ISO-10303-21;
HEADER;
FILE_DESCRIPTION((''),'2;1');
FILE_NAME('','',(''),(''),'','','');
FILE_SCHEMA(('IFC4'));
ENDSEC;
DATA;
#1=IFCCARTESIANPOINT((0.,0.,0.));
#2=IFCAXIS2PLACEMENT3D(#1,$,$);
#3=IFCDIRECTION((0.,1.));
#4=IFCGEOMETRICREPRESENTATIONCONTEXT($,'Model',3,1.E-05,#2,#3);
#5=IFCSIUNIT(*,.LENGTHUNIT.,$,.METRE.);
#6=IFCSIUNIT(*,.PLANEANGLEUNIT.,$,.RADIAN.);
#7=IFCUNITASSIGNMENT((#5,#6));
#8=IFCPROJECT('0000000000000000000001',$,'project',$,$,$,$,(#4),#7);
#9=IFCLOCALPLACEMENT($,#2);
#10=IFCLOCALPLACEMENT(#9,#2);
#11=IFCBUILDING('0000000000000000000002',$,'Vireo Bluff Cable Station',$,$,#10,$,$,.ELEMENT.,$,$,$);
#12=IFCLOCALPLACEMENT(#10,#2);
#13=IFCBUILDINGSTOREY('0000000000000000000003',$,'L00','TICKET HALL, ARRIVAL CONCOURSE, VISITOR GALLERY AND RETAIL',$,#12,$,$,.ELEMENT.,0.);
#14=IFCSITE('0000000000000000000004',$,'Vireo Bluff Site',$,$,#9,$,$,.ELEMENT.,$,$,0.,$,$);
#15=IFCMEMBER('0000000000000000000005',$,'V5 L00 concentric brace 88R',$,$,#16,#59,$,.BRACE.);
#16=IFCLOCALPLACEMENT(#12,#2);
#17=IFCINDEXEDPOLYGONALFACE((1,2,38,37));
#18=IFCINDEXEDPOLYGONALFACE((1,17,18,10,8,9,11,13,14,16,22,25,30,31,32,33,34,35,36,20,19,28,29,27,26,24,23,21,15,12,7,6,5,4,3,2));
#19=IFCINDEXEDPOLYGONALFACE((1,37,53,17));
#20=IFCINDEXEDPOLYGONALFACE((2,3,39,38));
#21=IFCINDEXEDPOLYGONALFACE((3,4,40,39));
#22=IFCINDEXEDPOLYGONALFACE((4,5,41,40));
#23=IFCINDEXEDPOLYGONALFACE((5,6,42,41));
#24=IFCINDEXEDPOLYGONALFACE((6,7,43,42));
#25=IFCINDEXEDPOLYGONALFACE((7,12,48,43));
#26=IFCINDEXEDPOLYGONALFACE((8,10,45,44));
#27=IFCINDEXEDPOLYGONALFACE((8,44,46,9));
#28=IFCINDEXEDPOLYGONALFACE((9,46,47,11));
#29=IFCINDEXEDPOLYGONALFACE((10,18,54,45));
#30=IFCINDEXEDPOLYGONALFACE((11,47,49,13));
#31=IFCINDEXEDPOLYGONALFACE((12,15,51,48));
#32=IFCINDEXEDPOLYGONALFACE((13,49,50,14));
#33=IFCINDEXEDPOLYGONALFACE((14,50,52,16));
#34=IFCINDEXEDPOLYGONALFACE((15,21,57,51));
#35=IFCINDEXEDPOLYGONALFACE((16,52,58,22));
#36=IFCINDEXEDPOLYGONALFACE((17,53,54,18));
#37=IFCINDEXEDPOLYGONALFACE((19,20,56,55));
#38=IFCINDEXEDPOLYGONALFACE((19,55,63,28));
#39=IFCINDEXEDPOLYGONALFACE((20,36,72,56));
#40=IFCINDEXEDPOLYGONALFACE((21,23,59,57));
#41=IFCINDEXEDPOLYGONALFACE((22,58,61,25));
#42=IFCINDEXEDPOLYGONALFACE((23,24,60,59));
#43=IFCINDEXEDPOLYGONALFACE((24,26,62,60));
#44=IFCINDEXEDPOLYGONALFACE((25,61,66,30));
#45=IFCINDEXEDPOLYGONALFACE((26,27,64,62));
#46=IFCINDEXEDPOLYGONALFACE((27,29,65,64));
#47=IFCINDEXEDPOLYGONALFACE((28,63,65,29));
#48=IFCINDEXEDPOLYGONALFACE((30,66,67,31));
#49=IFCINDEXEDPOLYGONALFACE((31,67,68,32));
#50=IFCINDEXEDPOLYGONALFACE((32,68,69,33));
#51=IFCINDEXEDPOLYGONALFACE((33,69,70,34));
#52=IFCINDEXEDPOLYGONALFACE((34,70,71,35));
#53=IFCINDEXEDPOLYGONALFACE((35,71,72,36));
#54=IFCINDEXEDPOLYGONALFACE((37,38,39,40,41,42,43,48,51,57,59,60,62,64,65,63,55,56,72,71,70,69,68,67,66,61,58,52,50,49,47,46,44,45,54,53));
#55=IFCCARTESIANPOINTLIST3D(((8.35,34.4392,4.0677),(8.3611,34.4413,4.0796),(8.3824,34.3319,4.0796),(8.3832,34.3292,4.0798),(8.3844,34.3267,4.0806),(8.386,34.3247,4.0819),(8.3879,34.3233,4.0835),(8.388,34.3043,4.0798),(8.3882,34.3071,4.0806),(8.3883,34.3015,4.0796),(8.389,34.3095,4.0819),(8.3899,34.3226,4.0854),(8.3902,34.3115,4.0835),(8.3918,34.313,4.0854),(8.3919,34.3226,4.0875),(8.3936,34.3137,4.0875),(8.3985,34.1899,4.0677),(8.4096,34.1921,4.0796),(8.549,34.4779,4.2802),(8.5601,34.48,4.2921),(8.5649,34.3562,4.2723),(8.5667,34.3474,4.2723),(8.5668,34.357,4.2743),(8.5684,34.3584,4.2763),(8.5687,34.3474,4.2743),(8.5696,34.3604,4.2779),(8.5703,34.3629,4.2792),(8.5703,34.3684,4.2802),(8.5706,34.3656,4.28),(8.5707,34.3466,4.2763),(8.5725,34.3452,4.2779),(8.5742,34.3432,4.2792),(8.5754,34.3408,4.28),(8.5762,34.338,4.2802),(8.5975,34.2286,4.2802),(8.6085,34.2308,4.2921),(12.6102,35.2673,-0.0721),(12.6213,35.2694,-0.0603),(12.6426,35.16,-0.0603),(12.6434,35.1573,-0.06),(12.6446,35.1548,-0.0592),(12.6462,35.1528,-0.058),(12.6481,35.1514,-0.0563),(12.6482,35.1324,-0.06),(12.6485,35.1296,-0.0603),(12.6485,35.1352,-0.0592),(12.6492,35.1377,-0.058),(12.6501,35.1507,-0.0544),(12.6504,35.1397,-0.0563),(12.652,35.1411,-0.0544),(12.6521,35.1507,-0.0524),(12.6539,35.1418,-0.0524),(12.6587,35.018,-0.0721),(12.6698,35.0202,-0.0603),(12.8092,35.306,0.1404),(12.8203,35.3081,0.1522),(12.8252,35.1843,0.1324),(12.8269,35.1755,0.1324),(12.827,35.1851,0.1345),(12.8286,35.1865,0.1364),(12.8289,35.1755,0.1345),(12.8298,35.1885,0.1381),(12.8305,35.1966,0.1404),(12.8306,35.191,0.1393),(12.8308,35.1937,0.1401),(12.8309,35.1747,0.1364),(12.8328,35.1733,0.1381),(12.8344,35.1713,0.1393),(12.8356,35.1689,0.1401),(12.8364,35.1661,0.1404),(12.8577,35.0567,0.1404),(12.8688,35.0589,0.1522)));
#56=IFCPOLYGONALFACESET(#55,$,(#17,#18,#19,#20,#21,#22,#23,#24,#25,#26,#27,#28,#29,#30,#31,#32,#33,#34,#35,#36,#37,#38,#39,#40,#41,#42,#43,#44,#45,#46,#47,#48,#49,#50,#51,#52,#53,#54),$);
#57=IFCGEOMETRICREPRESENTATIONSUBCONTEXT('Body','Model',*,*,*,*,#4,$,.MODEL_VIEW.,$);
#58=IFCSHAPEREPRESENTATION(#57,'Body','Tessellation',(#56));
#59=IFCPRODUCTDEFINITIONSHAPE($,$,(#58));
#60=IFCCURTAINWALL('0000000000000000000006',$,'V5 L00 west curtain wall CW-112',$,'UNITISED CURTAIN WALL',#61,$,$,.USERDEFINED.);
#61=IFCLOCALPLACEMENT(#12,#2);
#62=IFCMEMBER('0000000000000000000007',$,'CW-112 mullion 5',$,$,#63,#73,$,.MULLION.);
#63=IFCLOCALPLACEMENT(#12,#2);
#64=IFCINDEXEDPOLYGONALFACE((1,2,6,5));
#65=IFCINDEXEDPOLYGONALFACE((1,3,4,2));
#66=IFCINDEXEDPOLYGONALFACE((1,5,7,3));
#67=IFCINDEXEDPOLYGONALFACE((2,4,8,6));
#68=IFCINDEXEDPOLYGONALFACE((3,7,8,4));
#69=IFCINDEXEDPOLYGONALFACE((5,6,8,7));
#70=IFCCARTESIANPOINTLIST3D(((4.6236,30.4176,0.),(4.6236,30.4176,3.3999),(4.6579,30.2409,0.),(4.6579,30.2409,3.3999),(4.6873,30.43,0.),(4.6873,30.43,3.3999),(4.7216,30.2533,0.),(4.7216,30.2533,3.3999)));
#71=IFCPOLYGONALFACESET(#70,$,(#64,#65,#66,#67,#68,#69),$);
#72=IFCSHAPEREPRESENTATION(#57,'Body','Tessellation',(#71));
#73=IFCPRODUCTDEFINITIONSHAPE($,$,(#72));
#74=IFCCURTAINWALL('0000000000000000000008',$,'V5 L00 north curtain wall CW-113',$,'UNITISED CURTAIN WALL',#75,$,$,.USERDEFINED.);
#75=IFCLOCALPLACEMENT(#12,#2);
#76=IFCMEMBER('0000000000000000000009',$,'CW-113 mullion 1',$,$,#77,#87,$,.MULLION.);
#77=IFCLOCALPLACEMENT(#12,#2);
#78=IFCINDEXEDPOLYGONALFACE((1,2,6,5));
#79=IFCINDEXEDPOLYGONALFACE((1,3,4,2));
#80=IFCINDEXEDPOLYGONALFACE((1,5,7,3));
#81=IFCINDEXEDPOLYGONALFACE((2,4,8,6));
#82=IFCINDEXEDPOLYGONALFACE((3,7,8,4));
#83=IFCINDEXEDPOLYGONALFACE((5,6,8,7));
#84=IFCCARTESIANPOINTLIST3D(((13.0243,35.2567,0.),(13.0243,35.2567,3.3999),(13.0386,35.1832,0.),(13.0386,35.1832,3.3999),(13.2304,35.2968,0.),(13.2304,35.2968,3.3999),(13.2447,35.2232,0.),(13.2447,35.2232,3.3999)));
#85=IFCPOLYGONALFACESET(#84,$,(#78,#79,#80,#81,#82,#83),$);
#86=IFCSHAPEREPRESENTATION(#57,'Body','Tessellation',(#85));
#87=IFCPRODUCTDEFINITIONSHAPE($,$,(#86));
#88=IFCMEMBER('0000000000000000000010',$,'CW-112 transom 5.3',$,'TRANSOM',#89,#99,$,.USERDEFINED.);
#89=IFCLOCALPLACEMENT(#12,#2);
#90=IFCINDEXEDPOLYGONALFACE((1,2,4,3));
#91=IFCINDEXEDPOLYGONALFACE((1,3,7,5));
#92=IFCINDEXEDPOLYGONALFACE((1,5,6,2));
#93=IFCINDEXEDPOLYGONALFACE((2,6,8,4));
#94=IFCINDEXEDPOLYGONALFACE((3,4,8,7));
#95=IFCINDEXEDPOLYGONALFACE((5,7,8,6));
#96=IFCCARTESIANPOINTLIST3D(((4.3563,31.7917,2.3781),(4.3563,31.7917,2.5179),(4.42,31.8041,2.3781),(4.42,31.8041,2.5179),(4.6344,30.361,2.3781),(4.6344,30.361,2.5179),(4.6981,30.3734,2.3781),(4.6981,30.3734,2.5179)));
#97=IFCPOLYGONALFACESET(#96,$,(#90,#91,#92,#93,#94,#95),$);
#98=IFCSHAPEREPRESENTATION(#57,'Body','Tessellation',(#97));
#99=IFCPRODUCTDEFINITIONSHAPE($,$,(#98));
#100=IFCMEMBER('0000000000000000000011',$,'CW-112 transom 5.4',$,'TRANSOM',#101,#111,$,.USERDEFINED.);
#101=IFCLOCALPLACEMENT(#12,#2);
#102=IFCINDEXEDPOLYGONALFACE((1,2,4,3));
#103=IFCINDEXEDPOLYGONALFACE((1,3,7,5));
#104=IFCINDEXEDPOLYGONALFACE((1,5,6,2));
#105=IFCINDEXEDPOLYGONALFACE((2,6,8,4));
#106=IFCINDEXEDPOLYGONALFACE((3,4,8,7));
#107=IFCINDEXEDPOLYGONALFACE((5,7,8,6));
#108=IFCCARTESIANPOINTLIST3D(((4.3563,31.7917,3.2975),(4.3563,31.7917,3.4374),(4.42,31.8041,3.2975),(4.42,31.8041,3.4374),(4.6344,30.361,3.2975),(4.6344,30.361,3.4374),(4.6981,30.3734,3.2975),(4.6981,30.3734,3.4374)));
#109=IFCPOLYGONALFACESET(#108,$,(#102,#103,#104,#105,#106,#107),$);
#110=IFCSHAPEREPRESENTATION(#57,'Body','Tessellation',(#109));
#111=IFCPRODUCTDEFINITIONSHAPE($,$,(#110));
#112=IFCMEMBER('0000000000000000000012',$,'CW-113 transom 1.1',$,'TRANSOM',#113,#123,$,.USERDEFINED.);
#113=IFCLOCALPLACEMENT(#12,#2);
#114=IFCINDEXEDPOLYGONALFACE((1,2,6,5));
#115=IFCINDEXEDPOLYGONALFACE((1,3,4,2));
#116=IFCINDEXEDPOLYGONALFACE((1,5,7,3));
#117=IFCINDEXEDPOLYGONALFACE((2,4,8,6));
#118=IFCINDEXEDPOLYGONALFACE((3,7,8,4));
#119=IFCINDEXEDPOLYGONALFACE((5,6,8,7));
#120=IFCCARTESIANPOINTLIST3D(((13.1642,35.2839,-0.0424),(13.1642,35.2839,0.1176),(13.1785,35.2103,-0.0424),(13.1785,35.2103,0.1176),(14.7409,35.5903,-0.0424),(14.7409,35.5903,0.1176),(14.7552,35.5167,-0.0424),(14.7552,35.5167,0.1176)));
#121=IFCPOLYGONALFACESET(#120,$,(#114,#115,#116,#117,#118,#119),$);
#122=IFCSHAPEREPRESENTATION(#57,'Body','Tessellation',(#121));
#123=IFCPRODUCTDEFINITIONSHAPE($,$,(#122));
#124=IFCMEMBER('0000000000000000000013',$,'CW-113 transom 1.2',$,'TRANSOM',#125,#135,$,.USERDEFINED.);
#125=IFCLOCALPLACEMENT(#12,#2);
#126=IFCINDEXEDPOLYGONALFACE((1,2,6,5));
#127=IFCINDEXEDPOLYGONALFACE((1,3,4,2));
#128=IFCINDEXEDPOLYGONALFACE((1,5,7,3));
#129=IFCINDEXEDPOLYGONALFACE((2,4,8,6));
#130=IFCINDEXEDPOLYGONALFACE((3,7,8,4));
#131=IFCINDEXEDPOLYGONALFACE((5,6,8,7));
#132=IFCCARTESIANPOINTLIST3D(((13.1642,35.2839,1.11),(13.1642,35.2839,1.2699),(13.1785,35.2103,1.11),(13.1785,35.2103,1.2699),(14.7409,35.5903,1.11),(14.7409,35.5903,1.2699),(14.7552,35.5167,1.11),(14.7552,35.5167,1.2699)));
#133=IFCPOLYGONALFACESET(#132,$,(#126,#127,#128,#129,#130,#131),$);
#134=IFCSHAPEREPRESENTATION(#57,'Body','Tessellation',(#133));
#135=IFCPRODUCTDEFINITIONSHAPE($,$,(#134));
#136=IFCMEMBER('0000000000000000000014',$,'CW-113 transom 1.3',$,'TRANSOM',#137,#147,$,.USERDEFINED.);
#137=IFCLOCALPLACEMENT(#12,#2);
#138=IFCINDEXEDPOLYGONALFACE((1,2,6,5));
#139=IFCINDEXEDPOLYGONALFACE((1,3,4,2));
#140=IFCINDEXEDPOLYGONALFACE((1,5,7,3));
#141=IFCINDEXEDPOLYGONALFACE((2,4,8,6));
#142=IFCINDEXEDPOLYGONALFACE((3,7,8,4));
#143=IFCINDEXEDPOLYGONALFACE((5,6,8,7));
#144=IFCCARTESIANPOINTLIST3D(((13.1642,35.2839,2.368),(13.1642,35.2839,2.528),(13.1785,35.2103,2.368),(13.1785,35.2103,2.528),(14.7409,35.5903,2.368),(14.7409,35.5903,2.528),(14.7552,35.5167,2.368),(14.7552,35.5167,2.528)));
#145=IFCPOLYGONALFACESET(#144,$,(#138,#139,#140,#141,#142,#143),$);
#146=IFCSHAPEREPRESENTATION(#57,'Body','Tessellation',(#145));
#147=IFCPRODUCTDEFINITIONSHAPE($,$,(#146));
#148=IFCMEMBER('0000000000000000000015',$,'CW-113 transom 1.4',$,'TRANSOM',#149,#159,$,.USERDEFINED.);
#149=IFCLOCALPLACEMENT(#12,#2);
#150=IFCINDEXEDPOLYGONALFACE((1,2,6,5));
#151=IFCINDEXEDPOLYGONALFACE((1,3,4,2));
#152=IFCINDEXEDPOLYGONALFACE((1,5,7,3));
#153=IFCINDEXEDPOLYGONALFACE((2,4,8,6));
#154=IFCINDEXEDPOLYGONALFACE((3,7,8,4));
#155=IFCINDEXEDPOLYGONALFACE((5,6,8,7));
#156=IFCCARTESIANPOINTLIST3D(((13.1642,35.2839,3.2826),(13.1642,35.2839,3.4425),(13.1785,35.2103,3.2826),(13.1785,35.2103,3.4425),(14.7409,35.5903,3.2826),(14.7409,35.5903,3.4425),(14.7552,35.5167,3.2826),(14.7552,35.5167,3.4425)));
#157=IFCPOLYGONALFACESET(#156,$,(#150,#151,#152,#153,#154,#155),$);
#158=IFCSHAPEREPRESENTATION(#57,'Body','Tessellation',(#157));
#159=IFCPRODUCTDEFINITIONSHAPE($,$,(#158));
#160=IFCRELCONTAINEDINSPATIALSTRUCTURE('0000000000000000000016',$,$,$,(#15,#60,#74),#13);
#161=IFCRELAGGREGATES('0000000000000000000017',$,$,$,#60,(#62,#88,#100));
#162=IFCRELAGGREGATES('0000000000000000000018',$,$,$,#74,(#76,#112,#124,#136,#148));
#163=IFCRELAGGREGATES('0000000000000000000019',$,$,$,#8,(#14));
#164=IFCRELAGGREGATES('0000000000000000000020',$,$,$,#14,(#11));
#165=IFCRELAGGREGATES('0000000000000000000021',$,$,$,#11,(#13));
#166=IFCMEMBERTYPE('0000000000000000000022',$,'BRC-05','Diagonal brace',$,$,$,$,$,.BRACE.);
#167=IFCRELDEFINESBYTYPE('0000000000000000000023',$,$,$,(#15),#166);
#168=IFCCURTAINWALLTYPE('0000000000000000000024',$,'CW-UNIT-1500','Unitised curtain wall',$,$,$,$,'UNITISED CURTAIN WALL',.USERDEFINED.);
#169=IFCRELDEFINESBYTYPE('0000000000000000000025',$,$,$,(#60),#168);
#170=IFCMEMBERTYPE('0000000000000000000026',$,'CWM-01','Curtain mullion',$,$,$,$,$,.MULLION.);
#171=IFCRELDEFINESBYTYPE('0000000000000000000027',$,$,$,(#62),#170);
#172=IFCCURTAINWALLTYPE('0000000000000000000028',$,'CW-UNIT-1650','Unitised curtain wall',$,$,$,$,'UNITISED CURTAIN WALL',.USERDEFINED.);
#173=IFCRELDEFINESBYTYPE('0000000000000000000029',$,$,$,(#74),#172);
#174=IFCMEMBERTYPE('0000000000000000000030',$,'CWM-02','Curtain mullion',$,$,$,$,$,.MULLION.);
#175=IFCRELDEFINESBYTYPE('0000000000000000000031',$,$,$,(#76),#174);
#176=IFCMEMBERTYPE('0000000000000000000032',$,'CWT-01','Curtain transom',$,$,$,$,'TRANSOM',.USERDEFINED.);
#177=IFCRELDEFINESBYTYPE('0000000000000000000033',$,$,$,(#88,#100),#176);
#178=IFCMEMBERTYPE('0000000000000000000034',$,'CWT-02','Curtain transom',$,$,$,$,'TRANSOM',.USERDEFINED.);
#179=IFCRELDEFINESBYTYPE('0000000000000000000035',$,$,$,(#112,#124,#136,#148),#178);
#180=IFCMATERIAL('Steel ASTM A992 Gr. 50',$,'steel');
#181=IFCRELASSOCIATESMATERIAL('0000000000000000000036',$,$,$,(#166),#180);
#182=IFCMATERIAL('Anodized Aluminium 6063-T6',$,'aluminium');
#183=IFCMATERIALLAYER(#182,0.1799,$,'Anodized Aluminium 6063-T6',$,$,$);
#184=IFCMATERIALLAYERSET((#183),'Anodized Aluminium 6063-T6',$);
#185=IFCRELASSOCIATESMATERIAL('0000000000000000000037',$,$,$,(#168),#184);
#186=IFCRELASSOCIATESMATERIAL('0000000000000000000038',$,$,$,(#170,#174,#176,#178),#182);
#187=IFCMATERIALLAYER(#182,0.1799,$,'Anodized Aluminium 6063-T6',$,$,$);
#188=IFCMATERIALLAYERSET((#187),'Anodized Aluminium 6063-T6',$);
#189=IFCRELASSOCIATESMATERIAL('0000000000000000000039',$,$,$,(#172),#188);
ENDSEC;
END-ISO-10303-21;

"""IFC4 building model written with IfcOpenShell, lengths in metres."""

from ifc_helpers import new_model, si_unit, direction, frame, origin, origin_2d, place, context, subcontext, project, spatial, rectangle, i_section, extrude, material, layer, layer_set, material_profile, profile_set, type_object, element, aggregate, save


model = new_model("IFC4")

# Units and contexts
model_context = context("Model", 3, precision=1e-05, world=origin(), true_north=direction((0.0, 1.0)))
body_context = subcontext(model_context, "Body", "Model", "MODEL_VIEW")
ifc_project = project(units=[si_unit("LENGTHUNIT", "METRE"), si_unit("PLANEANGLEUNIT", "RADIAN")], contexts=[model_context])

# Site, building, storey
site_placement = place(None, origin())
site = spatial("IfcSite", under=ifc_project, at=site_placement, Name="Vireo Bluff Site", CompositionType="ELEMENT", RefElevation=0.0)
building_placement = place(site_placement, origin())
building = spatial("IfcBuilding", under=site, at=building_placement, Name="Vireo Bluff Cable Station", CompositionType="ELEMENT")
storey_placement = place(building_placement, origin())
storey = spatial("IfcBuildingStorey", under=building, at=storey_placement, Name="L00", Description="TICKET HALL, ARRIVAL CONCOURSE, VISITOR GALLERY AND RETAIL", CompositionType="ELEMENT", Elevation=0.0)

# Shared definitions
ifc_material_1 = material(Name="Steel ASTM A992 Gr. 50", Category="steel")

# Member
ifc_material_profile_1 = material_profile(ifc_material_1, i_section(OverallWidth=0.2539, OverallDepth=0.3101, WebThickness=0.009, FlangeThickness=0.0164, FilletRadius=0.011, at=origin_2d()), Name="W12X58")
ifc_profile_set_1 = profile_set([ifc_material_profile_1], Name="Steel ASTM A992 Gr. 50")
member_type_1 = type_object("IfcMemberType", Name="BRC-05", Description="Diagonal brace", PredefinedType="BRACE", material=ifc_profile_set_1)
member_1_placement = place(storey_placement, frame((12.7395, 35.1631, 0.04), z_axis=(-0.710296, -0.13807, 0.690229), x_axis=(0.190812, -0.981627, 0.0)))
element("IfcMember", 1, at=member_1_placement, inside=storey, type_object=member_type_1, Name="V5 L00 concentric brace 88R", PredefinedType="BRACE", context=body_context, shape_type="SweptSolid", body=[
    extrude(i_section(OverallWidth=0.2539, OverallDepth=0.3101, WebThickness=0.009, FlangeThickness=0.0164, FilletRadius=0.011, at=origin_2d()), origin(), (0.0, 0.0, 1.0), 5.9978),
])

# Curtain walls, members
ifc_material_2 = material(Name="Anodized Aluminium 6063-T6", Category="aluminium")
ifc_layer_1 = layer(ifc_material_2, 0.1799, Name="Anodized Aluminium 6063-T6")
ifc_layer_set_1 = layer_set([ifc_layer_1], Name="Anodized Aluminium 6063-T6")
curtain_wall_type_1 = type_object("IfcCurtainWallType", Name="CW-UNIT-1500", Description="Unitised curtain wall", ElementType="UNITISED CURTAIN WALL", PredefinedType="USERDEFINED", material=ifc_layer_set_1)
curtain_wall_1_placement = place(storey_placement, origin())
curtain_wall_1 = element("IfcCurtainWall", 2, at=curtain_wall_1_placement, inside=storey, type_object=curtain_wall_type_1, Name="V5 L00 west curtain wall CW-112", ObjectType="UNITISED CURTAIN WALL", PredefinedType="USERDEFINED")
ifc_material_profile_2 = material_profile(ifc_material_2, rectangle(XDim=0.0649, YDim=0.1799, at=origin_2d()), Name="ALU-M-65X180")
ifc_profile_set_2 = profile_set([ifc_material_profile_2], Name="Anodized Aluminium 6063-T6")
member_type_2 = type_object("IfcMemberType", Name="CWM-01", Description="Curtain mullion", PredefinedType="MULLION", material=ifc_profile_set_2)
member_2_placement = place(storey_placement, frame((4.6726, 30.3354, 0.0), z_axis=(0.0, 0.0, 1.0), x_axis=(-0.981627, -0.190809, 0.0)))
member_2 = element("IfcMember", 3, at=member_2_placement, type_object=member_type_2, Name="CW-112 mullion 5", PredefinedType="MULLION", context=body_context, shape_type="SweptSolid", body=[
    extrude(rectangle(XDim=0.0649, YDim=0.1799, at=origin_2d()), origin(), (0.0, 0.0, 1.0), 3.3999),
])
ifc_layer_2 = layer(ifc_material_2, 0.1799, Name="Anodized Aluminium 6063-T6")
ifc_layer_set_2 = layer_set([ifc_layer_2], Name="Anodized Aluminium 6063-T6")
curtain_wall_type_2 = type_object("IfcCurtainWallType", Name="CW-UNIT-1650", Description="Unitised curtain wall", ElementType="UNITISED CURTAIN WALL", PredefinedType="USERDEFINED", material=ifc_layer_set_2)
curtain_wall_2_placement = place(storey_placement, origin())
curtain_wall_2 = element("IfcCurtainWall", 4, at=curtain_wall_2_placement, inside=storey, type_object=curtain_wall_type_2, Name="V5 L00 north curtain wall CW-113", ObjectType="UNITISED CURTAIN WALL", PredefinedType="USERDEFINED")
ifc_material_profile_3 = material_profile(ifc_material_2, rectangle(XDim=0.075, YDim=0.21, at=origin_2d()), Name="ALU-M-75X210")
ifc_profile_set_3 = profile_set([ifc_material_profile_3], Name="Anodized Aluminium 6063-T6")
member_type_3 = type_object("IfcMemberType", Name="CWM-02", Description="Curtain mullion", PredefinedType="MULLION", material=ifc_profile_set_3)
member_3_placement = place(storey_placement, frame((13.1345, 35.24, 0.0), z_axis=(0.0, 0.0, 1.0), x_axis=(-0.190809, 0.981627, 0.0)))
member_3 = element("IfcMember", 5, at=member_3_placement, type_object=member_type_3, Name="CW-113 mullion 1", PredefinedType="MULLION", context=body_context, shape_type="SweptSolid", body=[
    extrude(rectangle(XDim=0.075, YDim=0.21, at=origin_2d()), origin(), (0.0, 0.0, 1.0), 3.3999),
])

# Members
ifc_material_profile_4 = material_profile(ifc_material_2, rectangle(XDim=0.0649, YDim=0.1399, at=origin_2d()), Name="ALU-T-65X140")
ifc_profile_set_4 = profile_set([ifc_material_profile_4], Name="Anodized Aluminium 6063-T6")
member_type_4 = type_object("IfcMemberType", Name="CWT-01", Description="Curtain transom", ElementType="TRANSOM", PredefinedType="USERDEFINED", material=ifc_profile_set_4)
member_4_placement = place(storey_placement, frame((4.6663, 30.3672, 2.448), z_axis=(-0.190798, 0.981629, 0.0), x_axis=(-0.981629, -0.190798, 0.0)))
member_4 = element("IfcMember", 6, at=member_4_placement, type_object=member_type_4, Name="CW-112 transom 5.3", ObjectType="TRANSOM", PredefinedType="USERDEFINED", context=body_context, shape_type="SweptSolid", body=[
    extrude(rectangle(XDim=0.0649, YDim=0.1399, at=origin_2d()), origin(), (0.0, 0.0, 1.0), 1.4575),
])
member_5_placement = place(storey_placement, frame((4.6663, 30.3672, 3.3674), z_axis=(-0.190798, 0.981629, 0.0), x_axis=(-0.981629, -0.190798, 0.0)))
member_5 = element("IfcMember", 7, at=member_5_placement, type_object=member_type_4, Name="CW-112 transom 5.4", ObjectType="TRANSOM", PredefinedType="USERDEFINED", context=body_context, shape_type="SweptSolid", body=[
    extrude(rectangle(XDim=0.0649, YDim=0.1399, at=origin_2d()), origin(), (0.0, 0.0, 1.0), 1.4575),
])
aggregate(curtain_wall_1, [member_2, member_4, member_5])
ifc_material_profile_5 = material_profile(ifc_material_2, rectangle(XDim=0.075, YDim=0.1599, at=origin_2d()), Name="ALU-T-75X160")
ifc_profile_set_5 = profile_set([ifc_material_profile_5], Name="Anodized Aluminium 6063-T6")
member_type_5 = type_object("IfcMemberType", Name="CWT-02", Description="Curtain transom", ElementType="TRANSOM", PredefinedType="USERDEFINED", material=ifc_profile_set_5)
member_6_placement = place(storey_placement, frame((13.1714, 35.2471, 0.0376), z_axis=(0.981636, 0.190764, 0.0), x_axis=(-0.190764, 0.981636, 0.0)))
member_6 = element("IfcMember", 8, at=member_6_placement, type_object=member_type_5, Name="CW-113 transom 1.1", ObjectType="TRANSOM", PredefinedType="USERDEFINED", context=body_context, shape_type="SweptSolid", body=[
    extrude(rectangle(XDim=0.075, YDim=0.1599, at=origin_2d()), origin(), (0.0, 0.0, 1.0), 1.6062),
])
member_7_placement = place(storey_placement, frame((13.1714, 35.2471, 1.1899), z_axis=(0.981636, 0.190764, 0.0), x_axis=(-0.190764, 0.981636, 0.0)))
member_7 = element("IfcMember", 9, at=member_7_placement, type_object=member_type_5, Name="CW-113 transom 1.2", ObjectType="TRANSOM", PredefinedType="USERDEFINED", context=body_context, shape_type="SweptSolid", body=[
    extrude(rectangle(XDim=0.075, YDim=0.1599, at=origin_2d()), origin(), (0.0, 0.0, 1.0), 1.6062),
])
member_8_placement = place(storey_placement, frame((13.1714, 35.2471, 2.448), z_axis=(0.981636, 0.190764, 0.0), x_axis=(-0.190764, 0.981636, 0.0)))
member_8 = element("IfcMember", 10, at=member_8_placement, type_object=member_type_5, Name="CW-113 transom 1.3", ObjectType="TRANSOM", PredefinedType="USERDEFINED", context=body_context, shape_type="SweptSolid", body=[
    extrude(rectangle(XDim=0.075, YDim=0.1599, at=origin_2d()), origin(), (0.0, 0.0, 1.0), 1.6062),
])
member_9_placement = place(storey_placement, frame((13.1714, 35.2471, 3.3625), z_axis=(0.981636, 0.190764, 0.0), x_axis=(-0.190764, 0.981636, 0.0)))
member_9 = element("IfcMember", 11, at=member_9_placement, type_object=member_type_5, Name="CW-113 transom 1.4", ObjectType="TRANSOM", PredefinedType="USERDEFINED", context=body_context, shape_type="SweptSolid", body=[
    extrude(rectangle(XDim=0.075, YDim=0.1599, at=origin_2d()), origin(), (0.0, 0.0, 1.0), 1.6062),
])

aggregate(curtain_wall_2, [member_3, member_6, member_7, member_8, member_9])

save(model, "model.ifc")
